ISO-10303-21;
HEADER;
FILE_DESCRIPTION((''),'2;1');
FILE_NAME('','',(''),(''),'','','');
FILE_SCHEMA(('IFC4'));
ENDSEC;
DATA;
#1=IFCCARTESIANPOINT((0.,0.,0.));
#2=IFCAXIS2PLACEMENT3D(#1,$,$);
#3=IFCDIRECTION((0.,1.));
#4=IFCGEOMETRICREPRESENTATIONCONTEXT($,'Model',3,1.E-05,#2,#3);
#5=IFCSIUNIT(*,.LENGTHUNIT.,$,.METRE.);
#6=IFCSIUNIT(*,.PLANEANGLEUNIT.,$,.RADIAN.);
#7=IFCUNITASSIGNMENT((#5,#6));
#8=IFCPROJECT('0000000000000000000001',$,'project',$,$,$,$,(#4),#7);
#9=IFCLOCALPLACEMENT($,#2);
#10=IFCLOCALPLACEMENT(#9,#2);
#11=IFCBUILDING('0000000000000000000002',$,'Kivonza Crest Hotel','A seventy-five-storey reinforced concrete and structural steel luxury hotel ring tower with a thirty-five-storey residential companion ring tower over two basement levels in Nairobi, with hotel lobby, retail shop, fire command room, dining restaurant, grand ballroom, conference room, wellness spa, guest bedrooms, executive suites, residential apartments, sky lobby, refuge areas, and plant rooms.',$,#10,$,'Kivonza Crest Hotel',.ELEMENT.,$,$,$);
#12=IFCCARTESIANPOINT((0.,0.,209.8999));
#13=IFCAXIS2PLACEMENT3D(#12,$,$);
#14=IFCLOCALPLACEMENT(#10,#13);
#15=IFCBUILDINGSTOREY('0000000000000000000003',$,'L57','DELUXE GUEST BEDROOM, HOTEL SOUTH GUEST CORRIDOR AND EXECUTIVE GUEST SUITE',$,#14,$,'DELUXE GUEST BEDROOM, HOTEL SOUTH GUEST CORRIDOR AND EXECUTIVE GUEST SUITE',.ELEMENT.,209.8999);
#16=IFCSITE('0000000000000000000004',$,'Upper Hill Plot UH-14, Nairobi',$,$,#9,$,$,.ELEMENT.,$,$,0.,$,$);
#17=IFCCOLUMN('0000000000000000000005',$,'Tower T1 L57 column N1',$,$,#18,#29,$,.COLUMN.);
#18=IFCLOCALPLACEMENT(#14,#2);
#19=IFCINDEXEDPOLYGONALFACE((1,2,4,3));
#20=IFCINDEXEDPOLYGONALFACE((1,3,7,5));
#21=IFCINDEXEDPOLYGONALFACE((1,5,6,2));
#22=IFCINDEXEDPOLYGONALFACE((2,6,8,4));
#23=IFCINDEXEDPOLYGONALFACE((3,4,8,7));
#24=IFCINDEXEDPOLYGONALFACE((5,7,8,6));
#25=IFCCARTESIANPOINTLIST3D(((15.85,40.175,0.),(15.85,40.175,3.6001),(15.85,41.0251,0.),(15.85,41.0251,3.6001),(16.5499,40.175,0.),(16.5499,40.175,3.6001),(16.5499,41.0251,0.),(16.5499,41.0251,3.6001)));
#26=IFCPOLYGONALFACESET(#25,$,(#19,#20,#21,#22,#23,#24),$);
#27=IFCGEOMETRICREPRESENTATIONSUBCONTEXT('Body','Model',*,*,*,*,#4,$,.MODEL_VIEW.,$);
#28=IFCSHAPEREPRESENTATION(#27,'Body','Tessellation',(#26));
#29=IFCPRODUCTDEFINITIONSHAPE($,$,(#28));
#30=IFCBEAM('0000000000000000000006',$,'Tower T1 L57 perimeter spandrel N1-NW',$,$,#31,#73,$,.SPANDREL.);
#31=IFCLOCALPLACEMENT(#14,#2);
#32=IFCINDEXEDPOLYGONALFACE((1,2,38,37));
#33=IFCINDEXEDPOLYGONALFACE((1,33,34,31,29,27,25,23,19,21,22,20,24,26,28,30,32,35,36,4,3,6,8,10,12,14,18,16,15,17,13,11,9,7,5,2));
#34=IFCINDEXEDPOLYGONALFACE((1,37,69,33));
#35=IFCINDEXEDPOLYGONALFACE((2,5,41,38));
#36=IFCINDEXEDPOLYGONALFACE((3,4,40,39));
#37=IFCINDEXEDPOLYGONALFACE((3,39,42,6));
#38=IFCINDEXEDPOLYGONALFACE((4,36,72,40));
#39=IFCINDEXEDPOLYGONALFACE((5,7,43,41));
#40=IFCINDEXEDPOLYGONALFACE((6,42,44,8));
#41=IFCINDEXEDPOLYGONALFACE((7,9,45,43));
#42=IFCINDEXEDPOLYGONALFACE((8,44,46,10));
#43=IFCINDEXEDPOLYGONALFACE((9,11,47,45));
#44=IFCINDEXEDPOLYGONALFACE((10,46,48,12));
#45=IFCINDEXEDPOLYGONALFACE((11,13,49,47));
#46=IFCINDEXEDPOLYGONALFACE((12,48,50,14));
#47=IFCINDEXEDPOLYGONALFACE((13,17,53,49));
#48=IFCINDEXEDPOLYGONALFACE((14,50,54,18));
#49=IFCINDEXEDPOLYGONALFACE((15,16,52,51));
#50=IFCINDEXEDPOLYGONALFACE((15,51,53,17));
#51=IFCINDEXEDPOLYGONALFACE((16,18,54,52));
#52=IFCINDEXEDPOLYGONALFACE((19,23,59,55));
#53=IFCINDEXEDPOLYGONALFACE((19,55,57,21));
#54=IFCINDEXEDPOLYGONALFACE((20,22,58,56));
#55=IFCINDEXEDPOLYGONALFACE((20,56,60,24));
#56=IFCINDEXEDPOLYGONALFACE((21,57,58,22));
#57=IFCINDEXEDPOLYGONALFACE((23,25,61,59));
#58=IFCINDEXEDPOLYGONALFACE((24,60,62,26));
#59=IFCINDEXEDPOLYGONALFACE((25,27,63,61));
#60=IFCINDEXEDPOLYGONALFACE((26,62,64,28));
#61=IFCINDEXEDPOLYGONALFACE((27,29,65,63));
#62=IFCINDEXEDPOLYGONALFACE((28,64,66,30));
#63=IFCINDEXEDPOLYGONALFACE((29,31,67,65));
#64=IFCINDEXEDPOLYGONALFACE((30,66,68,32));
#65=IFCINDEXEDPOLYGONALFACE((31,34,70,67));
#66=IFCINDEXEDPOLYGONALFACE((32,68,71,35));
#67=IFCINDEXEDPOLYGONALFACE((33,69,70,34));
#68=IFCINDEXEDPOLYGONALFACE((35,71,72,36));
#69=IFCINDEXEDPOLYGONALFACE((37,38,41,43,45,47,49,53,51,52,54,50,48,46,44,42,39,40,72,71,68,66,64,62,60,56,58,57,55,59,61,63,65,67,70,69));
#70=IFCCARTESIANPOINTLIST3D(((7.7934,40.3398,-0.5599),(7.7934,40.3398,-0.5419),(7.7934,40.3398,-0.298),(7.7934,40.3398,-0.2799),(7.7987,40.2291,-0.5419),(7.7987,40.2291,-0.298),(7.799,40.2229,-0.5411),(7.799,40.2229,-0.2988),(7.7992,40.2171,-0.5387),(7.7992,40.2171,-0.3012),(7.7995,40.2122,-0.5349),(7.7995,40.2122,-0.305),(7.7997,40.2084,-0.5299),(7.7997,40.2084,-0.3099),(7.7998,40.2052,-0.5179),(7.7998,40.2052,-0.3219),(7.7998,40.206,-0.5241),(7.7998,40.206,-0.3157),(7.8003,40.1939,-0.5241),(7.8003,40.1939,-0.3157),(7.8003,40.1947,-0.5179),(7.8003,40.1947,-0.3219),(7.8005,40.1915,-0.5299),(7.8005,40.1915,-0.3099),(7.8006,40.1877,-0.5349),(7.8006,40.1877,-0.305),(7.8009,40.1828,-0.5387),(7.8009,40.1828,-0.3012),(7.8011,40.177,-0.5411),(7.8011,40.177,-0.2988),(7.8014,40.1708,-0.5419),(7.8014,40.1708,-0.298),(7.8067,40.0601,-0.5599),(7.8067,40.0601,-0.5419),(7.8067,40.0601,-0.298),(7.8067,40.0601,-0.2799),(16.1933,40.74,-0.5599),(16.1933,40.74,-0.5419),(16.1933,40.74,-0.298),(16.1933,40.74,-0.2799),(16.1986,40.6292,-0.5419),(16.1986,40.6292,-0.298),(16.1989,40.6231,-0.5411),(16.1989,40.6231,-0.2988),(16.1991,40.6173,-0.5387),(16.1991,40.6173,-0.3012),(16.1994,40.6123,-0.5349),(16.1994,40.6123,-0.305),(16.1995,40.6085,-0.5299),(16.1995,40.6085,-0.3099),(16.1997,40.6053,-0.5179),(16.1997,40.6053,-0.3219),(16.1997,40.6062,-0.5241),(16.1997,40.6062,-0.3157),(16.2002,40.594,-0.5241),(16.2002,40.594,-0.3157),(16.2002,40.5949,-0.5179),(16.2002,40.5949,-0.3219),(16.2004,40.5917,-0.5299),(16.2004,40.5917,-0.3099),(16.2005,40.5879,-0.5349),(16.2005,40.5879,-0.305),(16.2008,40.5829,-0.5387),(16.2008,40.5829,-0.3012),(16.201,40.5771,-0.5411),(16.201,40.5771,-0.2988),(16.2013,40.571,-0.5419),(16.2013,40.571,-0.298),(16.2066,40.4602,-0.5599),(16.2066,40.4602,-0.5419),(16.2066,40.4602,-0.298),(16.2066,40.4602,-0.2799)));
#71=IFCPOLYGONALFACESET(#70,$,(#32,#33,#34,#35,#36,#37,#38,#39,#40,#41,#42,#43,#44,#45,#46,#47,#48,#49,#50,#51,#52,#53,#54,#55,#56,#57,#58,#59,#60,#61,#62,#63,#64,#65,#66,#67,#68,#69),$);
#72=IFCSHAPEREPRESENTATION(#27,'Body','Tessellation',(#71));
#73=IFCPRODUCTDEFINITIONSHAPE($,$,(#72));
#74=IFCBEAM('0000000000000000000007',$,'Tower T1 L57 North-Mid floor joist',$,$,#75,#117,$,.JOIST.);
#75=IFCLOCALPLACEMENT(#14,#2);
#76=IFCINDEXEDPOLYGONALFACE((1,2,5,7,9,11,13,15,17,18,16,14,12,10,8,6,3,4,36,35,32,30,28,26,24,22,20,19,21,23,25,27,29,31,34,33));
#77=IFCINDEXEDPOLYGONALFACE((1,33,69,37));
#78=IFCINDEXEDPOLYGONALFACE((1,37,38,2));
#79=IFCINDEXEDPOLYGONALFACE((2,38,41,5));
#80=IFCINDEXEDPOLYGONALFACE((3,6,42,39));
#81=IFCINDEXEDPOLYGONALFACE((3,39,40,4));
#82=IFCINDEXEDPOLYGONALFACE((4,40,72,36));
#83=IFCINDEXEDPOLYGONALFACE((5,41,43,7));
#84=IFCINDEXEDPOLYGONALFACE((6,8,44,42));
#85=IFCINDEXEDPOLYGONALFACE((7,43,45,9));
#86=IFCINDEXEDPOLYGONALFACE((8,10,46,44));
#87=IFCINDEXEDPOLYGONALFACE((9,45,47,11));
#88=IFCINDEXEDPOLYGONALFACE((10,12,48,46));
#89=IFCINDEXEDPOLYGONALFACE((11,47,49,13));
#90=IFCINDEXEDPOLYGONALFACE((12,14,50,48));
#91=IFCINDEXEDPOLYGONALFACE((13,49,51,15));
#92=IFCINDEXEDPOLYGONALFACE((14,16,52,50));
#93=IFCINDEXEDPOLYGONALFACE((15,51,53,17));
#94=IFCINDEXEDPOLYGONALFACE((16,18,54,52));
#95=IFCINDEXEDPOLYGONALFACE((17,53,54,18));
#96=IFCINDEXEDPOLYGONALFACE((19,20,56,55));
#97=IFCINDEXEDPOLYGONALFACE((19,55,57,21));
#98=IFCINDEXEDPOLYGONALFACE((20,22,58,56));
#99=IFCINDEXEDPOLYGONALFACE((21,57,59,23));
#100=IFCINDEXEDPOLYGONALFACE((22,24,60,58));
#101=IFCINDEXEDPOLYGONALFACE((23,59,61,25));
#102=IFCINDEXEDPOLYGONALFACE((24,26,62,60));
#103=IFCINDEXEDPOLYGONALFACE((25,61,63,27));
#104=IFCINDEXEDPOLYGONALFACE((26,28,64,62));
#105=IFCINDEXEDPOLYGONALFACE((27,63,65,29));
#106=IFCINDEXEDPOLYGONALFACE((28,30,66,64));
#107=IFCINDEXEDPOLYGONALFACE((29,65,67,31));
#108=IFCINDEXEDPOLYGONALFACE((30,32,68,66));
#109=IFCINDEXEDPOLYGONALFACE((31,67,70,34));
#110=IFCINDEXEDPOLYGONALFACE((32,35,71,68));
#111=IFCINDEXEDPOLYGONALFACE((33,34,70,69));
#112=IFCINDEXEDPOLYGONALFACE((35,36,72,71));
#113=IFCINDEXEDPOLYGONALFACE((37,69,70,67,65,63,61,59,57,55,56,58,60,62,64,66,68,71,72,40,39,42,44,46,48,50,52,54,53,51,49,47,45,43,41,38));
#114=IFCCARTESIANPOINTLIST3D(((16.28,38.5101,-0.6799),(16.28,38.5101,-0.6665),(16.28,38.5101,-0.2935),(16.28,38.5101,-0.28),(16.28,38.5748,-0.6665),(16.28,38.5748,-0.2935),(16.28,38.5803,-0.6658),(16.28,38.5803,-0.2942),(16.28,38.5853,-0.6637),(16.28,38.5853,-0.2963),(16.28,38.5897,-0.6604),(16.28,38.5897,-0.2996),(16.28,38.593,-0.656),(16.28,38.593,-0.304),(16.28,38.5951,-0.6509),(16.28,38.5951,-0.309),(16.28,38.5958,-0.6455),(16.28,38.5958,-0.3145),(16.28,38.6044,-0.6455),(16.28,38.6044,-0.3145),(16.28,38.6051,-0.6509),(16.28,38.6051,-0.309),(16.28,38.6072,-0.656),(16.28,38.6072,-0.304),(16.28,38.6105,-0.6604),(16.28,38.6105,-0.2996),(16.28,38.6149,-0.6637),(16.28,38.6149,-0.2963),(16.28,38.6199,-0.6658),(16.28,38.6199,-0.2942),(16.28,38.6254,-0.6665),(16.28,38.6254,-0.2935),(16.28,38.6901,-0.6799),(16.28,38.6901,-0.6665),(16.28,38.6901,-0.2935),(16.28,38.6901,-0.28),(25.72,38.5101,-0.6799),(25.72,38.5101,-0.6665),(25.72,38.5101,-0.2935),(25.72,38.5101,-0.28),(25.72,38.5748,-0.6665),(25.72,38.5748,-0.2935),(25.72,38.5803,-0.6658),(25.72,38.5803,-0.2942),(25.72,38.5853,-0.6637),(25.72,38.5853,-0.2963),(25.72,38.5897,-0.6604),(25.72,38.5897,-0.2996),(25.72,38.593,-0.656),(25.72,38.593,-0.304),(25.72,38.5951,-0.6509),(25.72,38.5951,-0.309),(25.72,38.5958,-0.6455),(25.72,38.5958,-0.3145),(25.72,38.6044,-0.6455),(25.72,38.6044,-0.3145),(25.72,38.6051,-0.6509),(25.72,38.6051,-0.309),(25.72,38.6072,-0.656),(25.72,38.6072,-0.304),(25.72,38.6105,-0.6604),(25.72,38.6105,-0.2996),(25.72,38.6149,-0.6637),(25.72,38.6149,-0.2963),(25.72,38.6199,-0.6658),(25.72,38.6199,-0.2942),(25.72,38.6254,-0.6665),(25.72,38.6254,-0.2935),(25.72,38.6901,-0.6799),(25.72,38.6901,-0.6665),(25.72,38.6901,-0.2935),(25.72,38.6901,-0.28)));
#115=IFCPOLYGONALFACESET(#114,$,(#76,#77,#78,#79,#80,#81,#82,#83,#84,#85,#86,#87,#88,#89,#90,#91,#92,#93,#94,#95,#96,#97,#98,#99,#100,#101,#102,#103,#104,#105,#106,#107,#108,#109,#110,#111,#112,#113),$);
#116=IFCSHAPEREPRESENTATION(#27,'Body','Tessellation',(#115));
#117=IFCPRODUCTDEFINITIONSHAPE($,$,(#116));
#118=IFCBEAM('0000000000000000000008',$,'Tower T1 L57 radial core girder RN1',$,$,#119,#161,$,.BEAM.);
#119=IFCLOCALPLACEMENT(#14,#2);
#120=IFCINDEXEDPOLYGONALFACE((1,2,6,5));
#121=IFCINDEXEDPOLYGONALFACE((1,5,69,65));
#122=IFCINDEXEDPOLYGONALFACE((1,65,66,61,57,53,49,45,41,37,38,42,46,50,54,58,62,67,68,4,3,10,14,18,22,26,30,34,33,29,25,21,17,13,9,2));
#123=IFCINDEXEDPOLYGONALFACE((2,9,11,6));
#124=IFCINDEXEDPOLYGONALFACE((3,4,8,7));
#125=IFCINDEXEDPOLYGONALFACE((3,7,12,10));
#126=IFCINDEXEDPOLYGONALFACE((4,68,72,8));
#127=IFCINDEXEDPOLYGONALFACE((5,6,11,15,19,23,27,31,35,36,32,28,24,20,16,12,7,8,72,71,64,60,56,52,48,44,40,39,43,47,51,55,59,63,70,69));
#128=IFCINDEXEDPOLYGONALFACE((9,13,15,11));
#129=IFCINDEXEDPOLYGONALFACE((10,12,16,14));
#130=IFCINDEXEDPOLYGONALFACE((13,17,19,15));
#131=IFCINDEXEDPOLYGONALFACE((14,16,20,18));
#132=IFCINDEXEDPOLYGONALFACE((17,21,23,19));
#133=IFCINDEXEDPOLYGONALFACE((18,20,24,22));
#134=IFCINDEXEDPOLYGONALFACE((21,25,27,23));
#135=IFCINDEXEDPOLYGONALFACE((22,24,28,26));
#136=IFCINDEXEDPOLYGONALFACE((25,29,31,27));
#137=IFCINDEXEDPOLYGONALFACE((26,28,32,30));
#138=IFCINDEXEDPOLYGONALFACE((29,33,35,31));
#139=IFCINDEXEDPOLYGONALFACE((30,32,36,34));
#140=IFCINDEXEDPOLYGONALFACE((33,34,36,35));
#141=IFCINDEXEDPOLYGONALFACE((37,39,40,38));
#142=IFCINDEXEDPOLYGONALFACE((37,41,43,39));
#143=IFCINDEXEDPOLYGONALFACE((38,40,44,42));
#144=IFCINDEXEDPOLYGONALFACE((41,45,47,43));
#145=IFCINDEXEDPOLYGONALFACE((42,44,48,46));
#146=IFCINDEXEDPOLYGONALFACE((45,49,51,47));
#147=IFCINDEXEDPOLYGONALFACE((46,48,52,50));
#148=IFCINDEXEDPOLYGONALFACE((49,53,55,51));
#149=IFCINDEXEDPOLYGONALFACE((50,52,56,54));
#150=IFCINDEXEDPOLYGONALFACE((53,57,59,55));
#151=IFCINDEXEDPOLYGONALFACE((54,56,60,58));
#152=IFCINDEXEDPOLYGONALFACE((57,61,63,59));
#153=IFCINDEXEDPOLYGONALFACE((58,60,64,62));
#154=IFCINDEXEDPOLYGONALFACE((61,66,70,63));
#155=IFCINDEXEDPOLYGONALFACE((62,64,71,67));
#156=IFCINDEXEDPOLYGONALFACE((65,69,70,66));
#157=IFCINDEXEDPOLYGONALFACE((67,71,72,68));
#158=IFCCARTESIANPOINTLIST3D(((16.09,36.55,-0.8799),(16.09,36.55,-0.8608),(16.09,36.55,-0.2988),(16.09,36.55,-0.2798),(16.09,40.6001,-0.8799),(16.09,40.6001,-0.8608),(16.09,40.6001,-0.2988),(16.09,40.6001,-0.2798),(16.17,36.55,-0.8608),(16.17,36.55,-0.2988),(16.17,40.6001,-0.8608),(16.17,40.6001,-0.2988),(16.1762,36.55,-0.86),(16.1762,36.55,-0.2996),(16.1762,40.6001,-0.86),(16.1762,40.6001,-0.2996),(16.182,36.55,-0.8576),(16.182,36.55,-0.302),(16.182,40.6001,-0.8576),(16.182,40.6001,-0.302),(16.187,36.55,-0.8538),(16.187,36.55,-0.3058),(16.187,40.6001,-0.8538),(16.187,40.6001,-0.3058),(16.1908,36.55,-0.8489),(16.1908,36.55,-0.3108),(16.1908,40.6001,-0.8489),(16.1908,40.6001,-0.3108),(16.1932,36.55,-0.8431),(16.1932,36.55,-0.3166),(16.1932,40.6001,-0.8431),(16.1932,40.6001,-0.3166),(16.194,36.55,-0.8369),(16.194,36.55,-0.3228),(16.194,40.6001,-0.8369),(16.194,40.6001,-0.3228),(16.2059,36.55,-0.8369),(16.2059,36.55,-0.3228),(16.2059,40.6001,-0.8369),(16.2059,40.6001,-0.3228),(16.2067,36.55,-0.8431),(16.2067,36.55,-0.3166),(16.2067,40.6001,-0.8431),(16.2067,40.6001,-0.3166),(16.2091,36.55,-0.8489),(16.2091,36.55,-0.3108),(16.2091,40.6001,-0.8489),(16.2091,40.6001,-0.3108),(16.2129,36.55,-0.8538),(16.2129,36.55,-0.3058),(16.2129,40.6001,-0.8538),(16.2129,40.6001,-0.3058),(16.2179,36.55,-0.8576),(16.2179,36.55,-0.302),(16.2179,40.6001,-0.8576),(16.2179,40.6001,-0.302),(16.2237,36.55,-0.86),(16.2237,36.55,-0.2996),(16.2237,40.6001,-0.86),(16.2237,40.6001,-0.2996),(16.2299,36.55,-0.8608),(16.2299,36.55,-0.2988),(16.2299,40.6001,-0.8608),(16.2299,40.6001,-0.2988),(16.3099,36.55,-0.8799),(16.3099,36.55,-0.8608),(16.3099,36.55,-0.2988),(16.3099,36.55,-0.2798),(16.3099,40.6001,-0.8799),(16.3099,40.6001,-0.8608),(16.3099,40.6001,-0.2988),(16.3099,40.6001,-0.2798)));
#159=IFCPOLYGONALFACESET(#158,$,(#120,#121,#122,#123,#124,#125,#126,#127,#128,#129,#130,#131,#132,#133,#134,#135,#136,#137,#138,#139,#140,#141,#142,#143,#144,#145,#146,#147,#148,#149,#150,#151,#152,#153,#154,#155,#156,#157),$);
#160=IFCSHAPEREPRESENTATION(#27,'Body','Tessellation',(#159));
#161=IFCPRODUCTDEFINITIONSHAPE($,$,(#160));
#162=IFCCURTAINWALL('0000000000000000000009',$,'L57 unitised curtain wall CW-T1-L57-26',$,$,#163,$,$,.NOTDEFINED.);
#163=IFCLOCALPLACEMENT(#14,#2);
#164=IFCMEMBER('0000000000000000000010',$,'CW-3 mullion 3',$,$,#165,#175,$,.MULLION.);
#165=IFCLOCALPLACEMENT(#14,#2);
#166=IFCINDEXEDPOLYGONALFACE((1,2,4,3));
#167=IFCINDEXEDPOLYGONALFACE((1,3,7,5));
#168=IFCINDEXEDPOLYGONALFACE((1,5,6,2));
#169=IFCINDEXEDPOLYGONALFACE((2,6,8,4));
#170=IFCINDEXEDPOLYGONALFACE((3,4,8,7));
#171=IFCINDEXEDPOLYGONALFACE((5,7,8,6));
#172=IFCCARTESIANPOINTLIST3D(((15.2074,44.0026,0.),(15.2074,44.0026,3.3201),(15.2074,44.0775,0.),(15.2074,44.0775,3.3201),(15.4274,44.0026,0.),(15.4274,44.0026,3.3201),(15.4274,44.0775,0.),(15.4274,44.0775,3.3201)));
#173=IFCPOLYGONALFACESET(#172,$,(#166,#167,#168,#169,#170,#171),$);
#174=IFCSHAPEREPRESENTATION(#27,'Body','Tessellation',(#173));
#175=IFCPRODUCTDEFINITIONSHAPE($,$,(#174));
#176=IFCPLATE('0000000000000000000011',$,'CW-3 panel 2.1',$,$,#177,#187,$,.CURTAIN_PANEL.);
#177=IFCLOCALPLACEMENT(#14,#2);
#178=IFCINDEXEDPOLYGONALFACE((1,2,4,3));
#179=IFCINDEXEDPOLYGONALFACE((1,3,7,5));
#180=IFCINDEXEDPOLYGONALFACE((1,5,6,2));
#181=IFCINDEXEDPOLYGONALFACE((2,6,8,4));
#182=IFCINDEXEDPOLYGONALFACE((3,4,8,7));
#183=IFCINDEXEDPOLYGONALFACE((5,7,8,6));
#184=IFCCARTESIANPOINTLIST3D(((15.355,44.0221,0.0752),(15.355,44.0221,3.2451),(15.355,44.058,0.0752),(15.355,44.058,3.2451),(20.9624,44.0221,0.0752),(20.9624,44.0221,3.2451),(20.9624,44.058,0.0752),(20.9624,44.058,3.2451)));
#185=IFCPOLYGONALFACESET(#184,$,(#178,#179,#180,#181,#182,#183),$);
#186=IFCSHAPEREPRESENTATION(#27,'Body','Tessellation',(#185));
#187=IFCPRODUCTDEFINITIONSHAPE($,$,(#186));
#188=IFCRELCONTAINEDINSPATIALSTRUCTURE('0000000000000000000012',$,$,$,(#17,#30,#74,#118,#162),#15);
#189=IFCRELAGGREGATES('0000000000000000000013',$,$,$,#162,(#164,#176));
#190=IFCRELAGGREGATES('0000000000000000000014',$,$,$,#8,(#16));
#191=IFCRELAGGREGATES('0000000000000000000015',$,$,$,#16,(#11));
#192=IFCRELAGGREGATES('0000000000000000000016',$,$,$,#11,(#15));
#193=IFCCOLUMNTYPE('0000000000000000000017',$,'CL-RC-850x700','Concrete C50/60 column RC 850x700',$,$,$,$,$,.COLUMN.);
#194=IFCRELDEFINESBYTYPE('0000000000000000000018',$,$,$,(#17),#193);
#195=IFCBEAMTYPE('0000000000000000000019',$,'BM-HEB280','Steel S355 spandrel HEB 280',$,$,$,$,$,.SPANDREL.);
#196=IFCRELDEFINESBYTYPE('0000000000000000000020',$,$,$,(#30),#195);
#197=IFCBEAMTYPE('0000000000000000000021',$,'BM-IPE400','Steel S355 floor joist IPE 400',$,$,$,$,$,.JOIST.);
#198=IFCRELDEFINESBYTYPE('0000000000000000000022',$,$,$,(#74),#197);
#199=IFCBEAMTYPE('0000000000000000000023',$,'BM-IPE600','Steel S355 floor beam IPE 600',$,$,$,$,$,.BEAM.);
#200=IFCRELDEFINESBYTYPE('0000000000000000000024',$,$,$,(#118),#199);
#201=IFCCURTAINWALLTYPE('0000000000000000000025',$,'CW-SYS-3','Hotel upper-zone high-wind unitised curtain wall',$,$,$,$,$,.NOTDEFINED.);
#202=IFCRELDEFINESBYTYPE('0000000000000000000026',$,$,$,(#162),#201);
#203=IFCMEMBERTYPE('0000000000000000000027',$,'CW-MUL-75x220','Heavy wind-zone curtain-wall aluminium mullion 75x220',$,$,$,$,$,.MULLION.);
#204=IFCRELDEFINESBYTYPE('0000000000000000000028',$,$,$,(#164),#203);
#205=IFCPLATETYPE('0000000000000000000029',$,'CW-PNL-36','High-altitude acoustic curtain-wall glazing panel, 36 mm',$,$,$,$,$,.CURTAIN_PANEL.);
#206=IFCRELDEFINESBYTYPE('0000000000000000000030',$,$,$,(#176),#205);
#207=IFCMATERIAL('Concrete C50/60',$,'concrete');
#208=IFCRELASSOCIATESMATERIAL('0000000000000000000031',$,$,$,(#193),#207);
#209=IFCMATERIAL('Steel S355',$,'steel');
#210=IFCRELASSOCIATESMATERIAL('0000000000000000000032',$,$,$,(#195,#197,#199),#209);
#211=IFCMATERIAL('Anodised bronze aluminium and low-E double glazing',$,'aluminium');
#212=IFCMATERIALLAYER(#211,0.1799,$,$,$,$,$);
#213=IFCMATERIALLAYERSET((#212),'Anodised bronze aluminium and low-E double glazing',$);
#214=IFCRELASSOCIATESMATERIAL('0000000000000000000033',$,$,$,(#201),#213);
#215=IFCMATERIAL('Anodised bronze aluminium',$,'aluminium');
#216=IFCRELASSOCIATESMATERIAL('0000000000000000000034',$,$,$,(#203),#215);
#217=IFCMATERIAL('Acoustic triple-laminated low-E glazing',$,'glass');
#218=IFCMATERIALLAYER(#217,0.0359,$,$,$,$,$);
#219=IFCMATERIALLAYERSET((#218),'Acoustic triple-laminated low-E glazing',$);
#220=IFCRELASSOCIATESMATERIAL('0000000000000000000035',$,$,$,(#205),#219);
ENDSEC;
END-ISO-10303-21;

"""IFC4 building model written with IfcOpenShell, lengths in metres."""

from ifc_helpers import new_model, si_unit, direction, frame, origin, origin_2d, place, context, subcontext, project, spatial, rectangle, i_section, extrude, material, layer, layer_set, material_profile, profile_set, type_object, element, aggregate, save


model = new_model("IFC4")

# Units and contexts
model_context = context("Model", 3, precision=1e-05, world=origin(), true_north=direction((0.0, 1.0)))
body_context = subcontext(model_context, "Body", "Model", "MODEL_VIEW")
ifc_project = project(units=[si_unit("LENGTHUNIT", "METRE"), si_unit("PLANEANGLEUNIT", "RADIAN")], contexts=[model_context])

# Site, building, storey
site_placement = place(None, origin())
site = spatial("IfcSite", under=ifc_project, at=site_placement, Name="Upper Hill Plot UH-14, Nairobi", CompositionType="ELEMENT", RefElevation=0.0)
building_placement = place(site_placement, origin())
building = spatial("IfcBuilding", under=site, at=building_placement, Name="Kivonza Crest Hotel", Description="A seventy-five-storey reinforced concrete and structural steel luxury hotel ring tower with a thirty-five-storey residential companion ring tower over two basement levels in Nairobi, with hotel lobby, retail shop, fire command room, dining restaurant, grand ballroom, conference room, wellness spa, guest bedrooms, executive suites, residential apartments, sky lobby, refuge areas, and plant rooms.", LongName="Kivonza Crest Hotel", CompositionType="ELEMENT")
storey_placement = place(building_placement, frame((0.0, 0.0, 209.8999)))
storey = spatial("IfcBuildingStorey", under=building, at=storey_placement, Name="L57", Description="DELUXE GUEST BEDROOM, HOTEL SOUTH GUEST CORRIDOR AND EXECUTIVE GUEST SUITE", LongName="DELUXE GUEST BEDROOM, HOTEL SOUTH GUEST CORRIDOR AND EXECUTIVE GUEST SUITE", CompositionType="ELEMENT", Elevation=209.8999)

# Column
ifc_material_1 = material(Name="Concrete C50/60", Category="concrete")
ifc_material_profile_1 = material_profile(ifc_material_1, rectangle(XDim=0.7, YDim=0.8501, at=origin_2d()), Name="RC 850x700")
ifc_profile_set_1 = profile_set([ifc_material_profile_1], Name="Concrete C50/60")
column_type = type_object("IfcColumnType", Name="CL-RC-850x700", Description="Concrete C50/60 column RC 850x700", PredefinedType="COLUMN", material=ifc_profile_set_1)
column_placement = place(storey_placement, frame((16.2, 40.6001, 0.0), z_axis=(0.0, 0.0, 1.0), x_axis=(1.0, 0.0, 0.0)))
element("IfcColumn", 1, at=column_placement, inside=storey, type_object=column_type, Name="Tower T1 L57 column N1", PredefinedType="COLUMN", context=body_context, shape_type="SweptSolid", body=[
    extrude(rectangle(XDim=0.7, YDim=0.8501, at=origin_2d()), origin(), (0.0, 0.0, 1.0), 3.6001),
])

# Beams
ifc_material_2 = material(Name="Steel S355", Category="steel")
ifc_material_profile_2 = material_profile(ifc_material_2, i_section(OverallWidth=0.28, OverallDepth=0.28, WebThickness=0.0105, FlangeThickness=0.0181, FilletRadius=0.0239, at=origin_2d()), Name="HEB 280")
ifc_profile_set_2 = profile_set([ifc_material_profile_2], Name="Steel S355")
beam_type_1 = type_object("IfcBeamType", Name="BM-HEB280", Description="Steel S355 spandrel HEB 280", PredefinedType="SPANDREL", material=ifc_profile_set_2)
beam_1_placement = place(storey_placement, frame((16.2, 40.6001, -0.4199), z_axis=(-0.998867, -0.047583, 0.0), x_axis=(0.047583, -0.998867, 0.0)))
element("IfcBeam", 2, at=beam_1_placement, inside=storey, type_object=beam_type_1, Name="Tower T1 L57 perimeter spandrel N1-NW", PredefinedType="SPANDREL", context=body_context, shape_type="SweptSolid", body=[
    extrude(i_section(OverallWidth=0.28, OverallDepth=0.28, WebThickness=0.0105, FlangeThickness=0.0181, FilletRadius=0.0239, at=origin_2d()), origin(), (0.0, 0.0, 1.0), 8.4094),
])
ifc_material_profile_3 = material_profile(ifc_material_2, i_section(OverallWidth=0.1799, OverallDepth=0.3999, WebThickness=0.0085, FlangeThickness=0.0134, FilletRadius=0.021, at=origin_2d()), Name="IPE 400")
ifc_profile_set_3 = profile_set([ifc_material_profile_3], Name="Steel S355")
beam_type_2 = type_object("IfcBeamType", Name="BM-IPE400", Description="Steel S355 floor joist IPE 400", PredefinedType="JOIST", material=ifc_profile_set_3)
beam_2_placement = place(storey_placement, frame((16.28, 38.6001, -0.48), z_axis=(1.0, 0.0, 0.0), x_axis=(0.0, 1.0, 0.0)))
element("IfcBeam", 3, at=beam_2_placement, inside=storey, type_object=beam_type_2, Name="Tower T1 L57 North-Mid floor joist", PredefinedType="JOIST", context=body_context, shape_type="SweptSolid", body=[
    extrude(i_section(OverallWidth=0.1799, OverallDepth=0.3999, WebThickness=0.0085, FlangeThickness=0.0134, FilletRadius=0.021, at=origin_2d()), origin(), (0.0, 0.0, 1.0), 9.4399),
])
ifc_material_profile_4 = material_profile(ifc_material_2, i_section(OverallWidth=0.22, OverallDepth=0.6001, WebThickness=0.012, FlangeThickness=0.019, FilletRadius=0.0239, at=origin_2d()), Name="IPE 600")
ifc_profile_set_4 = profile_set([ifc_material_profile_4], Name="Steel S355")
beam_type_3 = type_object("IfcBeamType", Name="BM-IPE600", Description="Steel S355 floor beam IPE 600", PredefinedType="BEAM", material=ifc_profile_set_4)
beam_3_placement = place(storey_placement, frame((16.2, 40.6001, -0.5798), z_axis=(0.0, -1.0, 0.0), x_axis=(1.0, 0.0, 0.0)))
element("IfcBeam", 4, at=beam_3_placement, inside=storey, type_object=beam_type_3, Name="Tower T1 L57 radial core girder RN1", PredefinedType="BEAM", context=body_context, shape_type="SweptSolid", body=[
    extrude(i_section(OverallWidth=0.22, OverallDepth=0.6001, WebThickness=0.012, FlangeThickness=0.019, FilletRadius=0.0239, at=origin_2d()), origin(), (0.0, 0.0, 1.0), 4.05),
])

# Curtain wall, member, plate
ifc_material_3 = material(Name="Anodised bronze aluminium and low-E double glazing", Category="aluminium")
ifc_layer_1 = layer(ifc_material_3, 0.1799)
ifc_layer_set_1 = layer_set([ifc_layer_1], Name="Anodised bronze aluminium and low-E double glazing")
curtain_wall_type = type_object("IfcCurtainWallType", Name="CW-SYS-3", Description="Hotel upper-zone high-wind unitised curtain wall", PredefinedType="NOTDEFINED", material=ifc_layer_set_1)
curtain_wall_placement = place(storey_placement, origin())
curtain_wall = element("IfcCurtainWall", 5, at=curtain_wall_placement, inside=storey, type_object=curtain_wall_type, Name="L57 unitised curtain wall CW-T1-L57-26", PredefinedType="NOTDEFINED")
ifc_material_4 = material(Name="Anodised bronze aluminium", Category="aluminium")
ifc_material_profile_5 = material_profile(ifc_material_4, rectangle(XDim=0.075, YDim=0.22, at=origin_2d()), Name="CW-M 75x220")
ifc_profile_set_5 = profile_set([ifc_material_profile_5], Name="Anodised bronze aluminium")
member_type = type_object("IfcMemberType", Name="CW-MUL-75x220", Description="Heavy wind-zone curtain-wall aluminium mullion 75x220", PredefinedType="MULLION", material=ifc_profile_set_5)
member_placement = place(storey_placement, frame((15.3174, 44.04, 0.0), z_axis=(0.0, 0.0, 1.0), x_axis=(0.0, -1.0, 0.0)))
member = element("IfcMember", 6, at=member_placement, type_object=member_type, Name="CW-3 mullion 3", PredefinedType="MULLION", context=body_context, shape_type="SweptSolid", body=[
    extrude(rectangle(XDim=0.075, YDim=0.22, at=origin_2d()), origin(), (0.0, 0.0, 1.0), 3.3201),
])
ifc_material_5 = material(Name="Acoustic triple-laminated low-E glazing", Category="glass")
ifc_layer_2 = layer(ifc_material_5, 0.0359)
ifc_layer_set_2 = layer_set([ifc_layer_2], Name="Acoustic triple-laminated low-E glazing")
plate_type = type_object("IfcPlateType", Name="CW-PNL-36", Description="High-altitude acoustic curtain-wall glazing panel, 36 mm", PredefinedType="CURTAIN_PANEL", material=ifc_layer_set_2)
plate_placement = place(storey_placement, frame((18.1587, 44.04, 0.0752), z_axis=(0.0, 0.0, 1.0), x_axis=(-1.0, 0.0, 0.0)))
plate = element("IfcPlate", 7, at=plate_placement, type_object=plate_type, Name="CW-3 panel 2.1", PredefinedType="CURTAIN_PANEL", context=body_context, shape_type="SweptSolid", body=[
    extrude(rectangle(XDim=5.6074, YDim=0.0359, at=origin_2d()), origin(), (0.0, 0.0, 1.0), 3.1699),
])
aggregate(curtain_wall, [member, plate])

save(model, "model.ifc")
